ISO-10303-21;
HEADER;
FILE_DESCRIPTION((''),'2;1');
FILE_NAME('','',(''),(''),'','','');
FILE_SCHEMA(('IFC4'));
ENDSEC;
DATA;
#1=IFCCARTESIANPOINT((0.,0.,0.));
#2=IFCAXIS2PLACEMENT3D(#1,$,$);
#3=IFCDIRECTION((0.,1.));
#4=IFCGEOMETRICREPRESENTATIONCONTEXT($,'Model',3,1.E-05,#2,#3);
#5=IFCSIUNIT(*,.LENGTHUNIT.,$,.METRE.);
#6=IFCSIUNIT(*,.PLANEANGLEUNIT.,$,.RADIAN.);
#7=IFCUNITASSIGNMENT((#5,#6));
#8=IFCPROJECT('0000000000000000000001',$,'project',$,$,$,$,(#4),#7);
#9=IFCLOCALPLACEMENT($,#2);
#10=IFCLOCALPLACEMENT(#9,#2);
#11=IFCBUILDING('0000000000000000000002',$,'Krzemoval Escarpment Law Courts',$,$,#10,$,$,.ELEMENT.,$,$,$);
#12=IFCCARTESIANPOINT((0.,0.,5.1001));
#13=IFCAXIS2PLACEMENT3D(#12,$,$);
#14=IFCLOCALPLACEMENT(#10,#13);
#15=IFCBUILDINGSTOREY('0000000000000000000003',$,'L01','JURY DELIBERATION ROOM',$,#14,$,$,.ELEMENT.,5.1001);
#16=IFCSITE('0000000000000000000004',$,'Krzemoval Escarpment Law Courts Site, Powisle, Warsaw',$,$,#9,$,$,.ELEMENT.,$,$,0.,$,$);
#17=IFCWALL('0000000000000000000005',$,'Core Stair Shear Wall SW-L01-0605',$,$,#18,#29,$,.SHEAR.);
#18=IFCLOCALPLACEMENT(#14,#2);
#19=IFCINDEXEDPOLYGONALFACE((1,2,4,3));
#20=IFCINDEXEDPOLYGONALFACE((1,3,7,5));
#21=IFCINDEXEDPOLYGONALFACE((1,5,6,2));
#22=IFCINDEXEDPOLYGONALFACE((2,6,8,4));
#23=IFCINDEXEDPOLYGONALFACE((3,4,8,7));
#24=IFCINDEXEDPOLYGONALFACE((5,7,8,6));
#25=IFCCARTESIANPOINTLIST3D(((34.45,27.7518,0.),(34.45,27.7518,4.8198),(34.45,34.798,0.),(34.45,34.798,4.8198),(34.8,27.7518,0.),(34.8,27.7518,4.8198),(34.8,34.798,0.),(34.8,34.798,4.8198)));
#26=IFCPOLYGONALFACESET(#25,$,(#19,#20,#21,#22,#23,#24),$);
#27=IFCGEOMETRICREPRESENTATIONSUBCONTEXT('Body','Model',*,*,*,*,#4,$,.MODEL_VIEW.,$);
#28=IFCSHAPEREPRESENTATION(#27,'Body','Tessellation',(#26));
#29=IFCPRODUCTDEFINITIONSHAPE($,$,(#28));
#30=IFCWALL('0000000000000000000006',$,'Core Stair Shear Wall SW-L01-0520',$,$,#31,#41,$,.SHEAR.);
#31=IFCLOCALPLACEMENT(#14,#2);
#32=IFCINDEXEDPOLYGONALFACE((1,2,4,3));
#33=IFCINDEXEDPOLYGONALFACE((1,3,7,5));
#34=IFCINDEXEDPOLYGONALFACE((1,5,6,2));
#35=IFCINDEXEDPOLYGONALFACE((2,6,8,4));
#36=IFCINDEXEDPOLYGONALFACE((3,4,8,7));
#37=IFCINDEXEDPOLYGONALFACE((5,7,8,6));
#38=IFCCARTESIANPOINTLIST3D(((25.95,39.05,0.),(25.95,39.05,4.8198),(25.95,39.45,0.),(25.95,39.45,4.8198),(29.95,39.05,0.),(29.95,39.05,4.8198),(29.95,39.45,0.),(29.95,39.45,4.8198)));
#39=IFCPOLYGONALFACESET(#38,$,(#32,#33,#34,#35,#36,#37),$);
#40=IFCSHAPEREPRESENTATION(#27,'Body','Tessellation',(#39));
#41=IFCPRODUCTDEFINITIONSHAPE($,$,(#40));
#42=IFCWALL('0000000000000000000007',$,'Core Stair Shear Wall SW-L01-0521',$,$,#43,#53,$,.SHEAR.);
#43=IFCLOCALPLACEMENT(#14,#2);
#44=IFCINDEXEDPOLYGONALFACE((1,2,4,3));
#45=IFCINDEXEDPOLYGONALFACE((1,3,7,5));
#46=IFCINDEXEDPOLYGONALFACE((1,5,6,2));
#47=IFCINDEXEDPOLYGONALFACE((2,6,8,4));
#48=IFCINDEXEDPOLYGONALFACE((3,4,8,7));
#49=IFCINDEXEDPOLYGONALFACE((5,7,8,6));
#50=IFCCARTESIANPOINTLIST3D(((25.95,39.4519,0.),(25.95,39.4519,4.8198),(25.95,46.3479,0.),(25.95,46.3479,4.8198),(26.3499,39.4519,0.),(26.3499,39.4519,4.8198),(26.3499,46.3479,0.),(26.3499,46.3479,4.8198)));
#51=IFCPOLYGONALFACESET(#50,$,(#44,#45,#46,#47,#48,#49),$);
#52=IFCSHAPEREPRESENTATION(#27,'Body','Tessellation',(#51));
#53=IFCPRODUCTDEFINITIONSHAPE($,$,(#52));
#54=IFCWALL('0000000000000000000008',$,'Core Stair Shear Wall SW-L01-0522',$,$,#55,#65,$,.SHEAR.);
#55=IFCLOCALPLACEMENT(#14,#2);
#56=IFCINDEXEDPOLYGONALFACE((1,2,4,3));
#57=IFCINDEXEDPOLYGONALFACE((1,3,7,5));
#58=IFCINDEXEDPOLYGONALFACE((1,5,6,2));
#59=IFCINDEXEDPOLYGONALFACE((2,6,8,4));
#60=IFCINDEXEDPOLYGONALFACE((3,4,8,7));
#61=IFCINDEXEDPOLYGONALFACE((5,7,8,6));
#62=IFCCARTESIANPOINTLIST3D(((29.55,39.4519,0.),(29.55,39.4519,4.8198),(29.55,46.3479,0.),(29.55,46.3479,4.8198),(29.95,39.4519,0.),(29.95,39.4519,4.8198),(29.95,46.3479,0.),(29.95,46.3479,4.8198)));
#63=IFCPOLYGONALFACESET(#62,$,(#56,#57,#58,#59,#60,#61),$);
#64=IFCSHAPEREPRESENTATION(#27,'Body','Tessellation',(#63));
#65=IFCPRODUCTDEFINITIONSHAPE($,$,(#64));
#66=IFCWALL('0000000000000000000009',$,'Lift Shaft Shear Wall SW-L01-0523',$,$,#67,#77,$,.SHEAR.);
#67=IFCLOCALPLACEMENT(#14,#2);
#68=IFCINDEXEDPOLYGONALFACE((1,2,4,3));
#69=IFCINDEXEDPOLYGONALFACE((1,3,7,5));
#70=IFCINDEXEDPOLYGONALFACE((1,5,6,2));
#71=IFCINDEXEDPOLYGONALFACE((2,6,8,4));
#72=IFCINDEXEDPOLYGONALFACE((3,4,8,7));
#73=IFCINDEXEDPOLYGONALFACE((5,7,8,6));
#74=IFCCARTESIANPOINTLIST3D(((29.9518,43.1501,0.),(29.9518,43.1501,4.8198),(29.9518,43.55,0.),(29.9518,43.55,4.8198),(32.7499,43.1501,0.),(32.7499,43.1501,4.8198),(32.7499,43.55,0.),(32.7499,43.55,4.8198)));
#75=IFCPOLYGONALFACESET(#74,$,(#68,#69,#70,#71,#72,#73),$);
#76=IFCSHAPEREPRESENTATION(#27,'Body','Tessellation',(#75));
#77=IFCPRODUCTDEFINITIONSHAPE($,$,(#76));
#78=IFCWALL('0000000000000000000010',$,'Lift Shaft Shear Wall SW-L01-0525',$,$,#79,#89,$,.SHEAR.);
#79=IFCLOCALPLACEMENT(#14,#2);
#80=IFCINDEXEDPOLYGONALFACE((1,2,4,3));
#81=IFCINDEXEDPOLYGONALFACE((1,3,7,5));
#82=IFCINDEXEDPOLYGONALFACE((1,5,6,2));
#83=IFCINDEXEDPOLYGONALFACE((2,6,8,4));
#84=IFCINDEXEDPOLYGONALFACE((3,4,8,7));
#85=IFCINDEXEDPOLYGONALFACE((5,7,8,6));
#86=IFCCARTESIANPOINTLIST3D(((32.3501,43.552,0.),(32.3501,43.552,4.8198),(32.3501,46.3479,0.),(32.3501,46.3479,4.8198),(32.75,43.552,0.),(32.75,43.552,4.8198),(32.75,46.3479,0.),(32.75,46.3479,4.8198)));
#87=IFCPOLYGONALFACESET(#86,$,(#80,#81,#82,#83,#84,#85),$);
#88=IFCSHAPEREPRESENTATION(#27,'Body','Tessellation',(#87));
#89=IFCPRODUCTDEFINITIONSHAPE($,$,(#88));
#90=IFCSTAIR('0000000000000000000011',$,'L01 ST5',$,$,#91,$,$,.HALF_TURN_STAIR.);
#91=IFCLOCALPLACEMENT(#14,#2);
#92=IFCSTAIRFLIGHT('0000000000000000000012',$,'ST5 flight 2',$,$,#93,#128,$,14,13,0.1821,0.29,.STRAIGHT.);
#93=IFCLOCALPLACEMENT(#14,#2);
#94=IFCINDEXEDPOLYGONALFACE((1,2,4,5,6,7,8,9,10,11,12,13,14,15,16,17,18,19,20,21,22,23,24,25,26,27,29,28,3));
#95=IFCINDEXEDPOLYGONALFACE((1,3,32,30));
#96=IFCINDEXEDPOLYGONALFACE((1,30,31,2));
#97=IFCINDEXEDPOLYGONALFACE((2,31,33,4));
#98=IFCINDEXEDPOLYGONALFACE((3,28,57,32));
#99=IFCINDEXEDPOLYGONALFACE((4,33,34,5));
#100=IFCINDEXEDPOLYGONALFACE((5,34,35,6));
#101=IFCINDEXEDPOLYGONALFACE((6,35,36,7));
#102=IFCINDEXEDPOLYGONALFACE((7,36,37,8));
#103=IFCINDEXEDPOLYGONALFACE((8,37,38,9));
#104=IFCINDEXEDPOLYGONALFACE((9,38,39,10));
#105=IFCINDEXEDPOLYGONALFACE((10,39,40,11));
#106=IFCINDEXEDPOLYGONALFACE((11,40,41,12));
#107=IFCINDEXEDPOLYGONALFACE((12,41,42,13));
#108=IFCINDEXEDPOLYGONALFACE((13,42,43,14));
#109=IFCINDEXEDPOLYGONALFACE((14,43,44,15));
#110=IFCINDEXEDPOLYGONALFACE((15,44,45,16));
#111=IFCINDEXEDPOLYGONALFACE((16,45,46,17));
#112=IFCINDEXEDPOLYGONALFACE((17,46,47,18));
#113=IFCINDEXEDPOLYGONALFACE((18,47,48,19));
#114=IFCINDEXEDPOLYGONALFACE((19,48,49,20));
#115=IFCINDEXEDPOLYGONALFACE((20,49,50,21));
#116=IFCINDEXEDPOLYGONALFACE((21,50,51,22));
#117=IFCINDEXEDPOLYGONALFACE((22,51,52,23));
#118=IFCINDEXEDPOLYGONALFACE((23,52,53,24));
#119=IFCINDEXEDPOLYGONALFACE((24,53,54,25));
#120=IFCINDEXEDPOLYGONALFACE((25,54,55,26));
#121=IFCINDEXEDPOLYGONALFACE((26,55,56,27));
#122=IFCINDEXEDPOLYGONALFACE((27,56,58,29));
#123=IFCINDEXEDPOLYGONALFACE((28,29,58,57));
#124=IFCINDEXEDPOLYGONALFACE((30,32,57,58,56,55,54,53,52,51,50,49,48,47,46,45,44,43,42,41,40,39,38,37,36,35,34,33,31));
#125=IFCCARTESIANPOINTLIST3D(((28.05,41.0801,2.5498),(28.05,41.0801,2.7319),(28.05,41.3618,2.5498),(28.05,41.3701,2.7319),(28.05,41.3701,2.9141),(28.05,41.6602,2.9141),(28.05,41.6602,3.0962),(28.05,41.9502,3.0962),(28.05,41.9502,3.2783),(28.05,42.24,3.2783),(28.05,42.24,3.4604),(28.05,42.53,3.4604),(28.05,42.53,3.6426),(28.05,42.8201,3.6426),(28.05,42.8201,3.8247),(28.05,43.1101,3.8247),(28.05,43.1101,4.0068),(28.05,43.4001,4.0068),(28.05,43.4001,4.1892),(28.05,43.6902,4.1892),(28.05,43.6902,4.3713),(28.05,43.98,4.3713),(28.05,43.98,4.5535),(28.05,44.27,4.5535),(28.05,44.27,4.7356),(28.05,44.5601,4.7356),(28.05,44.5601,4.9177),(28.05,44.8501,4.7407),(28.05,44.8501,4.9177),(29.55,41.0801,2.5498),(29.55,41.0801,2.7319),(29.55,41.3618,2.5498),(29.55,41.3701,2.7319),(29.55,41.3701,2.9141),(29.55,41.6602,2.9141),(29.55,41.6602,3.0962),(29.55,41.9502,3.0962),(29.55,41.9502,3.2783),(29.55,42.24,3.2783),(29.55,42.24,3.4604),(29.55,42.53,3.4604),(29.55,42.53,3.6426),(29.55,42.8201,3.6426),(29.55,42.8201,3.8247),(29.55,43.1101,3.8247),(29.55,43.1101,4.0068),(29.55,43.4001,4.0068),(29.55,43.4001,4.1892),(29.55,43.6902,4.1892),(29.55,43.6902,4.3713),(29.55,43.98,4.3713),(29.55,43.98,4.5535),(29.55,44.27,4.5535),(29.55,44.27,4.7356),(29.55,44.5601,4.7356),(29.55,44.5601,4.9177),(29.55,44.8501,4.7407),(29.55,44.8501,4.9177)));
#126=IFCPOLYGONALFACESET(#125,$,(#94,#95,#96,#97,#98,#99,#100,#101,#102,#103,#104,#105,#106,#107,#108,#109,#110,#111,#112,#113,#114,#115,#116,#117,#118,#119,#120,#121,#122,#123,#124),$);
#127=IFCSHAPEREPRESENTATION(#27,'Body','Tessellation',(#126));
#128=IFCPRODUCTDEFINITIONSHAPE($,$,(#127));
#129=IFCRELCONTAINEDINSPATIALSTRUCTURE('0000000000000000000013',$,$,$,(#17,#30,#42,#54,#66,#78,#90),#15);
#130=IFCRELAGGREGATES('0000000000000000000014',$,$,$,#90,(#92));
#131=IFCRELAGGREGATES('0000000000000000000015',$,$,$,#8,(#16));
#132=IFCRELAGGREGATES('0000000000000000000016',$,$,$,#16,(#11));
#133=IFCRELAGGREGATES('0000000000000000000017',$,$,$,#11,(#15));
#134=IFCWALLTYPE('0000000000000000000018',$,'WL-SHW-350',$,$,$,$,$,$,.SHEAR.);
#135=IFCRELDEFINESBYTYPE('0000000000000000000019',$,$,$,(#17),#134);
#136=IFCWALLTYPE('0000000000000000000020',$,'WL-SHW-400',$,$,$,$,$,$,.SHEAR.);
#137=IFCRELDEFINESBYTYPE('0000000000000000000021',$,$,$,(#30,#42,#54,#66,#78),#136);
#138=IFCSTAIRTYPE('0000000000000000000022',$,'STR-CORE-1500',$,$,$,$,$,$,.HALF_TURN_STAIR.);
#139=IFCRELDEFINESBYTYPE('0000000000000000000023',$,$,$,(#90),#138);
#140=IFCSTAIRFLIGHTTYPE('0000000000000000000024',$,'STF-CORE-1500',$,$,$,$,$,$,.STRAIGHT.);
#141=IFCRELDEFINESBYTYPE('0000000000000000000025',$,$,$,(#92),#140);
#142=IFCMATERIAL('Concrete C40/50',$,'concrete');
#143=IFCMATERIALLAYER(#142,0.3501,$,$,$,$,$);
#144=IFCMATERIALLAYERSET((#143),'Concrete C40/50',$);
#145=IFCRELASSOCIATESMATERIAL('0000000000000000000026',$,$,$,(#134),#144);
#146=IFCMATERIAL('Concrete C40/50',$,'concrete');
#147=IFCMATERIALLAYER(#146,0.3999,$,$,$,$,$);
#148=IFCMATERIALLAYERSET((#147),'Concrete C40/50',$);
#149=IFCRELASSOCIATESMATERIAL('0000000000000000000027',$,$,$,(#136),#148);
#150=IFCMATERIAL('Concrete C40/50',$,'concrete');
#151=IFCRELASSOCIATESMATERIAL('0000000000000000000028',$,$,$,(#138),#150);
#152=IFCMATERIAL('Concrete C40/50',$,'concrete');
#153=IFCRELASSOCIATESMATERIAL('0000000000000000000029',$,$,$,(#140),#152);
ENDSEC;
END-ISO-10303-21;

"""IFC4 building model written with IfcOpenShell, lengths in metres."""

from ifc_helpers import new_model, si_unit, direction, frame, frame_2d, origin, place, context, subcontext, project, spatial, polyline, rectangle, outline, extrude, material, layer, layer_set, type_object, element, aggregate, save


model = new_model("IFC4")

# Units and contexts
model_context = context("Model", 3, precision=1e-05, world=origin(), true_north=direction((0.0, 1.0)))
body_context = subcontext(model_context, "Body", "Model", "MODEL_VIEW")
ifc_project = project(units=[si_unit("LENGTHUNIT", "METRE"), si_unit("PLANEANGLEUNIT", "RADIAN")], contexts=[model_context])

# Site, building, storey
site_placement = place(None, origin())
site = spatial("IfcSite", under=ifc_project, at=site_placement, Name="Krzemoval Escarpment Law Courts Site, Powisle, Warsaw", CompositionType="ELEMENT", RefElevation=0.0)
building_placement = place(site_placement, origin())
building = spatial("IfcBuilding", under=site, at=building_placement, Name="Krzemoval Escarpment Law Courts", CompositionType="ELEMENT")
storey_placement = place(building_placement, frame((0.0, 0.0, 5.1001)))
storey = spatial("IfcBuildingStorey", under=building, at=storey_placement, Name="L01", Description="JURY DELIBERATION ROOM", CompositionType="ELEMENT", Elevation=5.1001)

# Shared definitions
ifc_material_1 = material(Name="Concrete C40/50", Category="concrete")
ifc_layer_1 = layer(ifc_material_1, 0.3501)
ifc_layer_set_1 = layer_set([ifc_layer_1], Name="Concrete C40/50")
wall_type_1 = type_object("IfcWallType", Name="WL-SHW-350", PredefinedType="SHEAR", material=ifc_layer_set_1)

# Walls
wall_1_placement = place(storey_placement, frame((34.625, 27.752, 0.0), z_axis=(0.0, 0.0, 1.0), x_axis=(0.0, 1.0, 0.0)))
element("IfcWall", 1, at=wall_1_placement, inside=storey, type_object=wall_type_1, Name="Core Stair Shear Wall SW-L01-0605", PredefinedType="SHEAR", context=body_context, shape_type="SweptSolid", body=[
    extrude(rectangle(XDim=7.0461, YDim=0.3501, at=frame_2d((3.5229, 0.0))), origin(), (0.0, 0.0, 1.0), 4.8198),
])
ifc_material_2 = material(Name="Concrete C40/50", Category="concrete")
ifc_layer_2 = layer(ifc_material_2, 0.3999)
ifc_layer_set_2 = layer_set([ifc_layer_2], Name="Concrete C40/50")
wall_type_2 = type_object("IfcWallType", Name="WL-SHW-400", PredefinedType="SHEAR", material=ifc_layer_set_2)
wall_2_placement = place(storey_placement, frame((25.95, 39.25, 0.0), z_axis=(0.0, 0.0, 1.0), x_axis=(1.0, 0.0, 0.0)))
element("IfcWall", 2, at=wall_2_placement, inside=storey, type_object=wall_type_2, Name="Core Stair Shear Wall SW-L01-0520", PredefinedType="SHEAR", context=body_context, shape_type="SweptSolid", body=[
    extrude(rectangle(XDim=4.0, YDim=0.3999, at=frame_2d((2.0, 0.0))), origin(), (0.0, 0.0, 1.0), 4.8198),
])
for number, where, z_axis, x_axis, name in (
    (3, (26.1499, 39.4519, 0.0), (0.0, 0.0, 1.0), (0.0, 1.0, 0.0), "Core Stair Shear Wall SW-L01-0521"),
    (4, (29.75, 39.4519, 0.0), (0.0, 0.0, 1.0), (0.0, 1.0, 0.0), "Core Stair Shear Wall SW-L01-0522"),
):
    element("IfcWall", number, at=place(storey_placement, frame(where, z_axis=z_axis, x_axis=x_axis)), inside=storey, type_object=wall_type_2, Name=name, PredefinedType="SHEAR", context=body_context, shape_type="SweptSolid", body=[
        extrude(rectangle(XDim=6.896, YDim=0.3999, at=frame_2d((3.448, 0.0))), origin(), (0.0, 0.0, 1.0), 4.8198),
    ])
wall_3_placement = place(storey_placement, frame((29.9519, 43.3501, 0.0), z_axis=(0.0, 0.0, 1.0), x_axis=(1.0, 0.0, 0.0)))
element("IfcWall", 5, at=wall_3_placement, inside=storey, type_object=wall_type_2, Name="Lift Shaft Shear Wall SW-L01-0523", PredefinedType="SHEAR", context=body_context, shape_type="SweptSolid", body=[
    extrude(rectangle(XDim=2.7981, YDim=0.3999, at=frame_2d((1.3989, 0.0))), origin(), (0.0, 0.0, 1.0), 4.8198),
])
wall_4_placement = place(storey_placement, frame((32.55, 43.552, 0.0), z_axis=(0.0, 0.0, 1.0), x_axis=(0.0, 1.0, 0.0)))
element("IfcWall", 6, at=wall_4_placement, inside=storey, type_object=wall_type_2, Name="Lift Shaft Shear Wall SW-L01-0525", PredefinedType="SHEAR", context=body_context, shape_type="SweptSolid", body=[
    extrude(rectangle(XDim=2.7959, YDim=0.3999, at=frame_2d((1.3979, 0.0))), origin(), (0.0, 0.0, 1.0), 4.8198),
])

# Stair, stair flight
ifc_material_3 = material(Name="Concrete C40/50", Category="concrete")
stair_type = type_object("IfcStairType", Name="STR-CORE-1500", PredefinedType="HALF_TURN_STAIR", material=ifc_material_3)
stair_placement = place(storey_placement, origin())
stair = element("IfcStair", 7, at=stair_placement, inside=storey, type_object=stair_type, Name="L01 ST5", PredefinedType="HALF_TURN_STAIR")
ifc_material_4 = material(Name="Concrete C40/50", Category="concrete")
stair_flight_type = type_object("IfcStairFlightType", Name="STF-CORE-1500", PredefinedType="STRAIGHT", material=ifc_material_4)
stair_flight_placement = place(storey_placement, frame((28.8, 41.0801, 2.5498), z_axis=(0.0, 0.0, 1.0), x_axis=(0.0, 1.0, 0.0)))
stair_flight = element("IfcStairFlight", 8, at=stair_flight_placement, type_object=stair_flight_type, Name="ST5 flight 2", NumberOfRisers=14, NumberOfTreads=13, PredefinedType="STRAIGHT", RiserHeight=0.1821, TreadLength=0.29, context=body_context, shape_type="SweptSolid", body=[
    extrude(outline(polyline([(0.0, 0.0), (0.0, 0.1821), (0.29, 0.1821), (0.29, 0.3643), (0.5801, 0.3643), (0.5801, 0.5464), (0.8701, 0.5464), (0.8701, 0.7285), (1.1599, 0.7285), (1.1599, 0.9106), (1.45, 0.9106), (1.45, 1.0928), (1.74, 1.0928), (1.74, 1.2749), (2.03, 1.2749), (2.03, 1.457), (2.3201, 1.457), (2.3201, 1.6394), (2.6101, 1.6394), (2.6101, 1.8215), (2.8999, 1.8215), (2.8999, 2.0037), (3.1899, 2.0037), (3.1899, 2.1858), (3.48, 2.1858), (3.48, 2.3679), (3.77, 2.3679), (3.77, 2.55), (3.77, 2.1909), (0.2817, 0.0), (0.0, 0.0)])), frame((0.0, 0.75, 0.0), z_axis=(0.0, -1.0, 0.0), x_axis=(1.0, 0.0, 0.0)), (0.0, 0.0, 1.0), 1.5),
])
aggregate(stair, [stair_flight])

save(model, "model.ifc")
